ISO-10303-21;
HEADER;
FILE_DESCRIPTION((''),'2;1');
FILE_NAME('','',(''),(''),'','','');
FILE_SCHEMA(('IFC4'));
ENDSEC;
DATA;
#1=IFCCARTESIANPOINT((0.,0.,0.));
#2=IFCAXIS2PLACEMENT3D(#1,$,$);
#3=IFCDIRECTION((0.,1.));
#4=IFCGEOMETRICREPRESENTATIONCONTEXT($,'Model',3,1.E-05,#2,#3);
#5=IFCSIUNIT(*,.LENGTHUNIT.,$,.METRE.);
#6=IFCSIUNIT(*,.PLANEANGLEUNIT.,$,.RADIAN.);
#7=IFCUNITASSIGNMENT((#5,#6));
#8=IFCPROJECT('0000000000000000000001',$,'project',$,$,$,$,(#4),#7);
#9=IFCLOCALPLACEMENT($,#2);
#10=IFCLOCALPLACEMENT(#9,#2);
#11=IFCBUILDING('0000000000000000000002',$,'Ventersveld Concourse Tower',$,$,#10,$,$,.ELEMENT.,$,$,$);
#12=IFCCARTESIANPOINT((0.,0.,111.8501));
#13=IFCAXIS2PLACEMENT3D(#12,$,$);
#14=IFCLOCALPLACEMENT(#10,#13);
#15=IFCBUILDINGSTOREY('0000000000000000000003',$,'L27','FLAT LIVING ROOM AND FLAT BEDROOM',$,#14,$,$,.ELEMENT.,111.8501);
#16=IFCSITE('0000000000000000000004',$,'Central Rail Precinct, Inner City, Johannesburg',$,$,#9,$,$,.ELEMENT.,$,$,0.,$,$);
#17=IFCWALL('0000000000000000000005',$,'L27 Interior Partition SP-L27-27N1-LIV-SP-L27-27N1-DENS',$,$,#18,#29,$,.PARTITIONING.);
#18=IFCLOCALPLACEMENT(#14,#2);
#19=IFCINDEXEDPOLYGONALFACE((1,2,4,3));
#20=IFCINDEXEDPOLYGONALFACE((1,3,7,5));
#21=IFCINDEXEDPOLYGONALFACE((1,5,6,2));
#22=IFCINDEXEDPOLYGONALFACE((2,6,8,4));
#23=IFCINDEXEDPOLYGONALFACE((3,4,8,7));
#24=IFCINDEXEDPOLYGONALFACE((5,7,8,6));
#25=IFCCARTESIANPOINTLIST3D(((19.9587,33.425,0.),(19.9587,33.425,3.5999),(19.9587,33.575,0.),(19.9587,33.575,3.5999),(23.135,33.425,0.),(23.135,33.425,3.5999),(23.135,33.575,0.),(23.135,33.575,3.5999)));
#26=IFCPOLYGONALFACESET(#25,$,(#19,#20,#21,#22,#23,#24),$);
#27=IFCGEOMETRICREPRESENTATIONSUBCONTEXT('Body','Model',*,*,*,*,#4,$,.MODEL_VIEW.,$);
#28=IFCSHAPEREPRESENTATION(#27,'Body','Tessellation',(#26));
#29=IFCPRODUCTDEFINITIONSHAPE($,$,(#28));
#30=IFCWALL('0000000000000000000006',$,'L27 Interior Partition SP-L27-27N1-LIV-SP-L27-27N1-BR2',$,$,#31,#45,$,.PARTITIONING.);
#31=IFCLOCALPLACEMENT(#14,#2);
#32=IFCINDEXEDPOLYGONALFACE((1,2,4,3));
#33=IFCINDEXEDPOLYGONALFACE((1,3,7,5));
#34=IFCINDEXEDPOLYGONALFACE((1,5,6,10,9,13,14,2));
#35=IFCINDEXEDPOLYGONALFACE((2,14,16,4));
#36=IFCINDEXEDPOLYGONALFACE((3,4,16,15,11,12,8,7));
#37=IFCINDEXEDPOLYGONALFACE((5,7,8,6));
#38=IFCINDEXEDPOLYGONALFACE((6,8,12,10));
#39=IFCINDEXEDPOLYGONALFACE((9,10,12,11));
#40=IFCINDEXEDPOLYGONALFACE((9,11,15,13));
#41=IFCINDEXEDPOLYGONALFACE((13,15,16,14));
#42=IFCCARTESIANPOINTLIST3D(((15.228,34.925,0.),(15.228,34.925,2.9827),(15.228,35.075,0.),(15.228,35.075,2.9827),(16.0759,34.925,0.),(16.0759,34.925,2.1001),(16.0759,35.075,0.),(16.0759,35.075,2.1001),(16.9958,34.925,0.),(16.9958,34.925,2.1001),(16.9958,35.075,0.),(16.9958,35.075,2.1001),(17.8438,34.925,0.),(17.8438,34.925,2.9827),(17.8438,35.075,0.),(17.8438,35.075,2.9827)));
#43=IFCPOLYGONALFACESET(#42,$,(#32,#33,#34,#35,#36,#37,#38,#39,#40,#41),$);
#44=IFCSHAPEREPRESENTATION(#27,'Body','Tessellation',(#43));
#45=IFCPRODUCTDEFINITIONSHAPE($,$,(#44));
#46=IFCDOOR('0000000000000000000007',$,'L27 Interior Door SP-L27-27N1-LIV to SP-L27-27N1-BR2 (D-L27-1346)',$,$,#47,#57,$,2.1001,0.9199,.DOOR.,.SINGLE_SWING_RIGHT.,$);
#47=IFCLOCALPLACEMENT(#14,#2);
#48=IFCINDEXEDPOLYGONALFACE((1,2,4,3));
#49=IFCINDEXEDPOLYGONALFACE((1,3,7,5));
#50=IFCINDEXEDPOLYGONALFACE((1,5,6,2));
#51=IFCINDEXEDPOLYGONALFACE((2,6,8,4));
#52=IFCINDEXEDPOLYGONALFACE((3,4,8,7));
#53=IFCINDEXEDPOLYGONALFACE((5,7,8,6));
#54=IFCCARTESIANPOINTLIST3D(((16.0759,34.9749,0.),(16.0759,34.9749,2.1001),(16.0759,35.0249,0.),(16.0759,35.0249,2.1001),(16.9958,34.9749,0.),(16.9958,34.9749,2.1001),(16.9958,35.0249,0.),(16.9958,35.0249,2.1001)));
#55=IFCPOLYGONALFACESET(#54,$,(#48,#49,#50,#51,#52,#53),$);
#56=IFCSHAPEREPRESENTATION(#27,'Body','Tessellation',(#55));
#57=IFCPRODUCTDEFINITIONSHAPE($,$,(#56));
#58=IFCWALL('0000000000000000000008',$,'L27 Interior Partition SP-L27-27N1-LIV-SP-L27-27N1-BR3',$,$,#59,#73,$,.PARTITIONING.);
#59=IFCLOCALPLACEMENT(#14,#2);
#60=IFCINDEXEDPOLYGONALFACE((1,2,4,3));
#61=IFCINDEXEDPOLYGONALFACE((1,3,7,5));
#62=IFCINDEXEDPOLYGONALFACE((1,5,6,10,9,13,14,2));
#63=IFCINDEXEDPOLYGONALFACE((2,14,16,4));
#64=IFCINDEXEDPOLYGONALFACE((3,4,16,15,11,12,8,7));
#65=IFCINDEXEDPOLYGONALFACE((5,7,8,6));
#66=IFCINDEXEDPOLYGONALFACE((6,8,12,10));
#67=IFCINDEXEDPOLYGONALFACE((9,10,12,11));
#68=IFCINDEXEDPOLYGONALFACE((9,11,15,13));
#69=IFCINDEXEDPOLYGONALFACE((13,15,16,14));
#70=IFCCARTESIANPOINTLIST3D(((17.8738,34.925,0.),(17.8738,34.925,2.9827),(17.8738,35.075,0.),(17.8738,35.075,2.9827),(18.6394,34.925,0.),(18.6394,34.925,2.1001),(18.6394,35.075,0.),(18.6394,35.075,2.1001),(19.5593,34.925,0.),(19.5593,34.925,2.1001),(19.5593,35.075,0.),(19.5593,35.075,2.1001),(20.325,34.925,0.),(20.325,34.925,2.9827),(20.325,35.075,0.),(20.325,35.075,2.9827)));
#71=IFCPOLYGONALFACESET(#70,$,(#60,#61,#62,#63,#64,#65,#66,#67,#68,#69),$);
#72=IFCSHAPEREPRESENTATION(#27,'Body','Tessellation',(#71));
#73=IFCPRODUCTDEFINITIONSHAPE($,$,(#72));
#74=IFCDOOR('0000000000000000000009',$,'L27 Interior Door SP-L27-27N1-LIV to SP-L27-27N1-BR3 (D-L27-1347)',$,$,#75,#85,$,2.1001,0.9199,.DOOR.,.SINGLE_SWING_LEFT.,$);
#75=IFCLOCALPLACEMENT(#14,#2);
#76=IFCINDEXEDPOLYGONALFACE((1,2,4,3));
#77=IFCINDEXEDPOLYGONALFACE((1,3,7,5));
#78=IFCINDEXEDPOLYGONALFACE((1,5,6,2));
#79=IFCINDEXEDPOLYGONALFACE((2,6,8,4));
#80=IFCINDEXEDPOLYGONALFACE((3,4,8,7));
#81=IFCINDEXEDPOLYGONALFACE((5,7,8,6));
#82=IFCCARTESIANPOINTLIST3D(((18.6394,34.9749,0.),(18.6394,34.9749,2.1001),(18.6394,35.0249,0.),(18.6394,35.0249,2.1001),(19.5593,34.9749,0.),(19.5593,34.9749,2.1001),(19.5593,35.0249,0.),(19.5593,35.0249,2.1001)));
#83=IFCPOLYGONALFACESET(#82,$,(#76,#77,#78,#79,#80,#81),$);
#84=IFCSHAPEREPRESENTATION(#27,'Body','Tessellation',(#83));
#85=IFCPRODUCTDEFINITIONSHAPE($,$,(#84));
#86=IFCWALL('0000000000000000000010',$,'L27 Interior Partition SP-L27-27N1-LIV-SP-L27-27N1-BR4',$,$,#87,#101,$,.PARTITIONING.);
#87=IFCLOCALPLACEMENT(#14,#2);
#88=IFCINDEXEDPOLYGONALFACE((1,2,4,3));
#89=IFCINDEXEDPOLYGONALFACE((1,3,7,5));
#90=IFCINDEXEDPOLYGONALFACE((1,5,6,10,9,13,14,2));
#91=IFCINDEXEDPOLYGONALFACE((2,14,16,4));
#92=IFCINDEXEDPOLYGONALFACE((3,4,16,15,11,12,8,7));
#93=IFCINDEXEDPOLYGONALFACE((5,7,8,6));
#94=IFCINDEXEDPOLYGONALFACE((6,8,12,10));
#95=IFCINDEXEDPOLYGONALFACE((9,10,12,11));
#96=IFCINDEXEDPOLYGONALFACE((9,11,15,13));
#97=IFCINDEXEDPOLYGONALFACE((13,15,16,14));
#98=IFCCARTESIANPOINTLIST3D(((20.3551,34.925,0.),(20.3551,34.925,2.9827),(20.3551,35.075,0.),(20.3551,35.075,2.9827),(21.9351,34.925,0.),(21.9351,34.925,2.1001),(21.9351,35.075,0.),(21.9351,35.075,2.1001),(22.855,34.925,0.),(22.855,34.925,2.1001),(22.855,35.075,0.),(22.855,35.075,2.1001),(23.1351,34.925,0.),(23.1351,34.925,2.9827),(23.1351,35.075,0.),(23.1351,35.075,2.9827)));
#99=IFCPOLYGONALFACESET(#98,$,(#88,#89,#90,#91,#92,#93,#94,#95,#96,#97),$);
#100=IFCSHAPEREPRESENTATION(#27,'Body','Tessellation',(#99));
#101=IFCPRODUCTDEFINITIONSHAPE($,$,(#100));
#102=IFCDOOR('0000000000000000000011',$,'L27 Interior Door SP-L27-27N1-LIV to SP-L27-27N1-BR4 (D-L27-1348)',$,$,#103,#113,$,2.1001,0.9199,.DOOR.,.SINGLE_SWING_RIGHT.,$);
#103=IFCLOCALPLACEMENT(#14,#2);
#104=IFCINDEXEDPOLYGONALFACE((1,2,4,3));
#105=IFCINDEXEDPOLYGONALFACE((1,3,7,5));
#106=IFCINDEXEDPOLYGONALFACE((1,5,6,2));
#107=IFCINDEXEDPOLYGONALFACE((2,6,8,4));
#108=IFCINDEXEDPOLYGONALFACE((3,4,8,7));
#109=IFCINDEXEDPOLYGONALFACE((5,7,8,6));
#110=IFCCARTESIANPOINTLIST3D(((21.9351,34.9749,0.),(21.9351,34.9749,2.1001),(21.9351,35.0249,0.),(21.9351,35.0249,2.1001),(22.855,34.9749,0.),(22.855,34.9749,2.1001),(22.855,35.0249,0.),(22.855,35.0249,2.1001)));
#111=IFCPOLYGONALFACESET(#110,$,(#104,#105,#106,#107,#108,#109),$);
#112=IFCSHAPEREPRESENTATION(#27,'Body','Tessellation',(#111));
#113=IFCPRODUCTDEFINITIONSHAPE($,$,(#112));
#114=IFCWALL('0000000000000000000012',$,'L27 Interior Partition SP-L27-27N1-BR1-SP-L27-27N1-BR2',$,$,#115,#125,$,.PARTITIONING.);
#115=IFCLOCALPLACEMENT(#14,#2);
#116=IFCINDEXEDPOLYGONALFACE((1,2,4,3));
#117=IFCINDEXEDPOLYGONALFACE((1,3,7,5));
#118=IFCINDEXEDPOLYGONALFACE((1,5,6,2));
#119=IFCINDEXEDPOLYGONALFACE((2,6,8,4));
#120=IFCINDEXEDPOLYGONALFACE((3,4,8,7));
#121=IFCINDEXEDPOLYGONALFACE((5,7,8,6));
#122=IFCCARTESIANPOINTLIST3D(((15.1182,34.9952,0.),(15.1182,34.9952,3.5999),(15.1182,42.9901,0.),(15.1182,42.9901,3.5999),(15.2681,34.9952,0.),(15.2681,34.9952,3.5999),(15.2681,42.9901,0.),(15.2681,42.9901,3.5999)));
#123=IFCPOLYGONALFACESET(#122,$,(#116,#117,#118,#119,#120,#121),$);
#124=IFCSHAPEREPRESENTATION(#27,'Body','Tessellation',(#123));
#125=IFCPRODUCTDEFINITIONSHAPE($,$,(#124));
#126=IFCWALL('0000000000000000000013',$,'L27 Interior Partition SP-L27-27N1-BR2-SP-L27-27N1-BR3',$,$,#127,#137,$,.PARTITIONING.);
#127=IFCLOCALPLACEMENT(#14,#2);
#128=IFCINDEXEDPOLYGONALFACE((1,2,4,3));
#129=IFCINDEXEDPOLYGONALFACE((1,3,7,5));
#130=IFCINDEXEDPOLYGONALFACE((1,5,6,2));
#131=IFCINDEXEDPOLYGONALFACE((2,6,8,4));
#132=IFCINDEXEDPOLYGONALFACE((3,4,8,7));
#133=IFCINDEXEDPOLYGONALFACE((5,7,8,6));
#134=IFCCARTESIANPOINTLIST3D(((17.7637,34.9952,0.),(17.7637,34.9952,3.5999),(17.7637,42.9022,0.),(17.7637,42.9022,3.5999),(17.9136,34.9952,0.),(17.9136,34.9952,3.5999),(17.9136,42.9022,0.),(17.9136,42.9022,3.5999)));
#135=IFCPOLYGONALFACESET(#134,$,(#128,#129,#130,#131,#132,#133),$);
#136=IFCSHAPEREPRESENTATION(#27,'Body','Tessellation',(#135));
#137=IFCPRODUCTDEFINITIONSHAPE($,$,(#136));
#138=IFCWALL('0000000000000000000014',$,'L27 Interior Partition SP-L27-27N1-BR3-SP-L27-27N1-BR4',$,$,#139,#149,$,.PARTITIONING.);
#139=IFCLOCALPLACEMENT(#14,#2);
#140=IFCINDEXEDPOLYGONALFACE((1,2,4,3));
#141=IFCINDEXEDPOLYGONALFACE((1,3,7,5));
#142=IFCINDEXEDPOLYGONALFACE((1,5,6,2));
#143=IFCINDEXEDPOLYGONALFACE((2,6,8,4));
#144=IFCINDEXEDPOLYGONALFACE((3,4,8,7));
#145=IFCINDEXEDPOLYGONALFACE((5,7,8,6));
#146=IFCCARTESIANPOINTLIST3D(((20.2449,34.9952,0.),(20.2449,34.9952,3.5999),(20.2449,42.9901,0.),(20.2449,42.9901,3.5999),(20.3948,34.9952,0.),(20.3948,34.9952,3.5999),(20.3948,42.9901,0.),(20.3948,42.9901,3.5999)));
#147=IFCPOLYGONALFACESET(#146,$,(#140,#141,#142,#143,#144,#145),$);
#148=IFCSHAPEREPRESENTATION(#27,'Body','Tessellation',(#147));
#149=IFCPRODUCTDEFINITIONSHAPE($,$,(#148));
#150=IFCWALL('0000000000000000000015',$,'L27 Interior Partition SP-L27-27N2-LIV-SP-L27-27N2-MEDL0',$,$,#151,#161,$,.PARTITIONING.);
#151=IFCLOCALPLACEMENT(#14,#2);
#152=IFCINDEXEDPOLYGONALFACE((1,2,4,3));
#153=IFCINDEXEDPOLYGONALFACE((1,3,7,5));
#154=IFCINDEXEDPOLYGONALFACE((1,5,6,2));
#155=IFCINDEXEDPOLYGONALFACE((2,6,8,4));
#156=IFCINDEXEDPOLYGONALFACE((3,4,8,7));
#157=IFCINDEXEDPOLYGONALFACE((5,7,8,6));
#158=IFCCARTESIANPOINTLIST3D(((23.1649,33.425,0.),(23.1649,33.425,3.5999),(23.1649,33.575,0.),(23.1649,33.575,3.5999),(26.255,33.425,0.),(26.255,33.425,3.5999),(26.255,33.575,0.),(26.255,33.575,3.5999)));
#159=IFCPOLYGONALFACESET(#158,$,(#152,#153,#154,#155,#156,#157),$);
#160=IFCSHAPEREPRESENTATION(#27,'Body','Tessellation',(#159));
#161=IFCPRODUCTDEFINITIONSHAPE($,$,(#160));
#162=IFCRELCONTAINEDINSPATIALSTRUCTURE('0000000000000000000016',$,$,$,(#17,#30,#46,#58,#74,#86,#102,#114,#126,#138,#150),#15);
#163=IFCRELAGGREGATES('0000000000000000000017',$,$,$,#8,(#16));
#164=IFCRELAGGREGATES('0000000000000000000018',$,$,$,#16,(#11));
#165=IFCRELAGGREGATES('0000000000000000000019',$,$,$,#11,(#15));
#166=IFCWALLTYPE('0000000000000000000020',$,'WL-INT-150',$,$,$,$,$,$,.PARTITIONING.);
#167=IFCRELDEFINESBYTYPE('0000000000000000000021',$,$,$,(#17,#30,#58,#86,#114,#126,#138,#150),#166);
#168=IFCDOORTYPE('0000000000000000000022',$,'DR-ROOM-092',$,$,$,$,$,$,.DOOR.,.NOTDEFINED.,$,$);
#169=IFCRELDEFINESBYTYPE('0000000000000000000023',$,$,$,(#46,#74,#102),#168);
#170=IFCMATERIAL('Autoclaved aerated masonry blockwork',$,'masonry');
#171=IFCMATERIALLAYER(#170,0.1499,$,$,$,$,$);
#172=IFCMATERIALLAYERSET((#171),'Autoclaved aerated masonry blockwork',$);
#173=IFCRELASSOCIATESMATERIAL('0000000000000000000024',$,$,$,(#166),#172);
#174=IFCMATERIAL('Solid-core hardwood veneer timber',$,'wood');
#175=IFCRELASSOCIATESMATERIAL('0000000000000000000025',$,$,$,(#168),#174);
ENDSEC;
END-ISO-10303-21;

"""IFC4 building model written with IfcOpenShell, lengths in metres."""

from ifc_helpers import new_model, si_unit, direction, frame, frame_2d, origin, place, context, subcontext, project, spatial, rectangle, extrude, material, layer, layer_set, type_object, element, fill, save


model = new_model("IFC4")

# Units and contexts
model_context = context("Model", 3, precision=1e-05, world=origin(), true_north=direction((0.0, 1.0)))
body_context = subcontext(model_context, "Body", "Model", "MODEL_VIEW")
ifc_project = project(units=[si_unit("LENGTHUNIT", "METRE"), si_unit("PLANEANGLEUNIT", "RADIAN")], contexts=[model_context])

# Site, building, storey
site_placement = place(None, origin())
site = spatial("IfcSite", under=ifc_project, at=site_placement, Name="Central Rail Precinct, Inner City, Johannesburg", CompositionType="ELEMENT", RefElevation=0.0)
building_placement = place(site_placement, origin())
building = spatial("IfcBuilding", under=site, at=building_placement, Name="Ventersveld Concourse Tower", CompositionType="ELEMENT")
storey_placement = place(building_placement, frame((0.0, 0.0, 111.8501)))
storey = spatial("IfcBuildingStorey", under=building, at=storey_placement, Name="L27", Description="FLAT LIVING ROOM AND FLAT BEDROOM", CompositionType="ELEMENT", Elevation=111.8501)

# Wall
ifc_material_1 = material(Name="Autoclaved aerated masonry blockwork", Category="masonry")
ifc_layer_1 = layer(ifc_material_1, 0.1499)
ifc_layer_set_1 = layer_set([ifc_layer_1], Name="Autoclaved aerated masonry blockwork")
wall_type_1 = type_object("IfcWallType", Name="WL-INT-150", PredefinedType="PARTITIONING", material=ifc_layer_set_1)
wall_1_placement = place(storey_placement, frame((19.9587, 33.5, 0.0), z_axis=(0.0, 0.0, 1.0), x_axis=(1.0, 0.0, 0.0)))
element("IfcWall", 1, at=wall_1_placement, inside=storey, type_object=wall_type_1, Name="L27 Interior Partition SP-L27-27N1-LIV-SP-L27-27N1-DENS", PredefinedType="PARTITIONING", context=body_context, shape_type="SweptSolid", body=[
    extrude(rectangle(XDim=3.1763, YDim=0.1499, at=frame_2d((1.5881, 0.0))), origin(), (0.0, 0.0, 1.0), 3.5999),
])

# Walls, openings, doors
wall_2_placement = place(storey_placement, frame((15.228, 35.0, 0.0), z_axis=(0.0, 0.0, 1.0), x_axis=(1.0, 0.0, 0.0)))
wall_2 = element("IfcWall", 2, at=wall_2_placement, inside=storey, type_object=wall_type_1, Name="L27 Interior Partition SP-L27-27N1-LIV-SP-L27-27N1-BR2", PredefinedType="PARTITIONING", context=body_context, shape_type="SweptSolid", body=[
    extrude(rectangle(XDim=2.6157, YDim=0.1499, at=frame_2d((1.3079, 0.0))), origin(), (0.0, 0.0, 1.0), 2.9827),
])
opening_1_placement = place(wall_2_placement, frame((0.8479, 0.0, 0.0)))
opening_1 = element("IfcOpeningElement", 3, at=opening_1_placement, cuts=wall_2, PredefinedType="OPENING", context=body_context, shape_type="SweptSolid", body=[
    extrude(rectangle(XDim=0.9199, YDim=2.1001, at=frame_2d((0.46, 1.05))), frame((0.0, 0.085, 0.0), z_axis=(0.0, -1.0, 0.0), x_axis=(1.0, 0.0, 0.0)), (0.0, 0.0, 1.0), 0.1699),
])
ifc_material_2 = material(Name="Solid-core hardwood veneer timber", Category="wood")
door_type = type_object("IfcDoorType", Name="DR-ROOM-092", OperationType="NOTDEFINED", PredefinedType="DOOR", material=ifc_material_2)
door_1_placement = place(opening_1_placement, origin())
door_1 = element("IfcDoor", 4, at=door_1_placement, inside=storey, type_object=door_type, Name="L27 Interior Door SP-L27-27N1-LIV to SP-L27-27N1-BR2 (D-L27-1346)", OperationType="SINGLE_SWING_RIGHT", OverallHeight=2.1001, OverallWidth=0.9199, PredefinedType="DOOR", context=body_context, shape_type="SweptSolid", body=[
    extrude(rectangle(XDim=0.9199, YDim=2.1001, at=frame_2d((0.46, 1.05))), frame((0.0, 0.0249, 0.0), z_axis=(0.0, -1.0, 0.0), x_axis=(1.0, 0.0, 0.0)), (0.0, 0.0, 1.0), 0.05),
])
fill(opening_1, door_1)
wall_3_placement = place(storey_placement, frame((17.8738, 35.0, 0.0), z_axis=(0.0, 0.0, 1.0), x_axis=(1.0, 0.0, 0.0)))
wall_3 = element("IfcWall", 5, at=wall_3_placement, inside=storey, type_object=wall_type_1, Name="L27 Interior Partition SP-L27-27N1-LIV-SP-L27-27N1-BR3", PredefinedType="PARTITIONING", context=body_context, shape_type="SweptSolid", body=[
    extrude(rectangle(XDim=2.4512, YDim=0.1499, at=frame_2d((1.2256, 0.0))), origin(), (0.0, 0.0, 1.0), 2.9827),
])
opening_2_placement = place(wall_3_placement, frame((0.7656, 0.0, 0.0)))
opening_2 = element("IfcOpeningElement", 6, at=opening_2_placement, cuts=wall_3, PredefinedType="OPENING", context=body_context, shape_type="SweptSolid", body=[
    extrude(rectangle(XDim=0.9199, YDim=2.1001, at=frame_2d((0.46, 1.05))), frame((0.0, 0.085, 0.0), z_axis=(0.0, -1.0, 0.0), x_axis=(1.0, 0.0, 0.0)), (0.0, 0.0, 1.0), 0.1699),
])
door_2_placement = place(opening_2_placement, origin())
door_2 = element("IfcDoor", 7, at=door_2_placement, inside=storey, type_object=door_type, Name="L27 Interior Door SP-L27-27N1-LIV to SP-L27-27N1-BR3 (D-L27-1347)", OperationType="SINGLE_SWING_LEFT", OverallHeight=2.1001, OverallWidth=0.9199, PredefinedType="DOOR", context=body_context, shape_type="SweptSolid", body=[
    extrude(rectangle(XDim=0.9199, YDim=2.1001, at=frame_2d((0.46, 1.05))), frame((0.0, 0.0249, 0.0), z_axis=(0.0, -1.0, 0.0), x_axis=(1.0, 0.0, 0.0)), (0.0, 0.0, 1.0), 0.05),
])
fill(opening_2, door_2)
wall_4_placement = place(storey_placement, frame((20.355, 35.0, 0.0), z_axis=(0.0, 0.0, 1.0), x_axis=(1.0, 0.0, 0.0)))
wall_4 = element("IfcWall", 8, at=wall_4_placement, inside=storey, type_object=wall_type_1, Name="L27 Interior Partition SP-L27-27N1-LIV-SP-L27-27N1-BR4", PredefinedType="PARTITIONING", context=body_context, shape_type="SweptSolid", body=[
    extrude(rectangle(XDim=2.78, YDim=0.1499, at=frame_2d((1.3901, 0.0))), origin(), (0.0, 0.0, 1.0), 2.9827),
])
opening_3_placement = place(wall_4_placement, frame((1.5801, 0.0, 0.0)))
opening_3 = element("IfcOpeningElement", 9, at=opening_3_placement, cuts=wall_4, PredefinedType="OPENING", context=body_context, shape_type="SweptSolid", body=[
    extrude(rectangle(XDim=0.9199, YDim=2.1001, at=frame_2d((0.46, 1.05))), frame((0.0, 0.085, 0.0), z_axis=(0.0, -1.0, 0.0), x_axis=(1.0, 0.0, 0.0)), (0.0, 0.0, 1.0), 0.1699),
])
door_3_placement = place(opening_3_placement, origin())
door_3 = element("IfcDoor", 10, at=door_3_placement, inside=storey, type_object=door_type, Name="L27 Interior Door SP-L27-27N1-LIV to SP-L27-27N1-BR4 (D-L27-1348)", OperationType="SINGLE_SWING_RIGHT", OverallHeight=2.1001, OverallWidth=0.9199, PredefinedType="DOOR", context=body_context, shape_type="SweptSolid", body=[
    extrude(rectangle(XDim=0.9199, YDim=2.1001, at=frame_2d((0.46, 1.05))), frame((0.0, 0.0249, 0.0), z_axis=(0.0, -1.0, 0.0), x_axis=(1.0, 0.0, 0.0)), (0.0, 0.0, 1.0), 0.05),
])
fill(opening_3, door_3)

# Walls
wall_5_placement = place(storey_placement, frame((15.1931, 34.9951, 0.0), z_axis=(0.0, 0.0, 1.0), x_axis=(0.0, 1.0, 0.0)))
element("IfcWall", 11, at=wall_5_placement, inside=storey, type_object=wall_type_1, Name="L27 Interior Partition SP-L27-27N1-BR1-SP-L27-27N1-BR2", PredefinedType="PARTITIONING", context=body_context, shape_type="SweptSolid", body=[
    extrude(rectangle(XDim=7.9949, YDim=0.1499, at=frame_2d((3.9976, 0.0))), origin(), (0.0, 0.0, 1.0), 3.5999),
])
wall_6_placement = place(storey_placement, frame((17.8386, 34.9951, 0.0), z_axis=(0.0, 0.0, 1.0), x_axis=(0.0, 1.0, 0.0)))
element("IfcWall", 12, at=wall_6_placement, inside=storey, type_object=wall_type_1, Name="L27 Interior Partition SP-L27-27N1-BR2-SP-L27-27N1-BR3", PredefinedType="PARTITIONING", context=body_context, shape_type="SweptSolid", body=[
    extrude(rectangle(XDim=7.907, YDim=0.1499, at=frame_2d((3.9536, 0.0))), origin(), (0.0, 0.0, 1.0), 3.5999),
])
wall_7_placement = place(storey_placement, frame((20.3198, 34.9951, 0.0), z_axis=(0.0, 0.0, 1.0), x_axis=(0.0, 1.0, 0.0)))
element("IfcWall", 13, at=wall_7_placement, inside=storey, type_object=wall_type_1, Name="L27 Interior Partition SP-L27-27N1-BR3-SP-L27-27N1-BR4", PredefinedType="PARTITIONING", context=body_context, shape_type="SweptSolid", body=[
    extrude(rectangle(XDim=7.9949, YDim=0.1499, at=frame_2d((3.9976, 0.0))), origin(), (0.0, 0.0, 1.0), 3.5999),
])
wall_8_placement = place(storey_placement, frame((23.165, 33.5, 0.0), z_axis=(0.0, 0.0, 1.0), x_axis=(1.0, 0.0, 0.0)))
element("IfcWall", 14, at=wall_8_placement, inside=storey, type_object=wall_type_1, Name="L27 Interior Partition SP-L27-27N2-LIV-SP-L27-27N2-MEDL0", PredefinedType="PARTITIONING", context=body_context, shape_type="SweptSolid", body=[
    extrude(rectangle(XDim=3.0901, YDim=0.1499, at=frame_2d((1.5449, 0.0))), origin(), (0.0, 0.0, 1.0), 3.5999),
])

save(model, "model.ifc")
